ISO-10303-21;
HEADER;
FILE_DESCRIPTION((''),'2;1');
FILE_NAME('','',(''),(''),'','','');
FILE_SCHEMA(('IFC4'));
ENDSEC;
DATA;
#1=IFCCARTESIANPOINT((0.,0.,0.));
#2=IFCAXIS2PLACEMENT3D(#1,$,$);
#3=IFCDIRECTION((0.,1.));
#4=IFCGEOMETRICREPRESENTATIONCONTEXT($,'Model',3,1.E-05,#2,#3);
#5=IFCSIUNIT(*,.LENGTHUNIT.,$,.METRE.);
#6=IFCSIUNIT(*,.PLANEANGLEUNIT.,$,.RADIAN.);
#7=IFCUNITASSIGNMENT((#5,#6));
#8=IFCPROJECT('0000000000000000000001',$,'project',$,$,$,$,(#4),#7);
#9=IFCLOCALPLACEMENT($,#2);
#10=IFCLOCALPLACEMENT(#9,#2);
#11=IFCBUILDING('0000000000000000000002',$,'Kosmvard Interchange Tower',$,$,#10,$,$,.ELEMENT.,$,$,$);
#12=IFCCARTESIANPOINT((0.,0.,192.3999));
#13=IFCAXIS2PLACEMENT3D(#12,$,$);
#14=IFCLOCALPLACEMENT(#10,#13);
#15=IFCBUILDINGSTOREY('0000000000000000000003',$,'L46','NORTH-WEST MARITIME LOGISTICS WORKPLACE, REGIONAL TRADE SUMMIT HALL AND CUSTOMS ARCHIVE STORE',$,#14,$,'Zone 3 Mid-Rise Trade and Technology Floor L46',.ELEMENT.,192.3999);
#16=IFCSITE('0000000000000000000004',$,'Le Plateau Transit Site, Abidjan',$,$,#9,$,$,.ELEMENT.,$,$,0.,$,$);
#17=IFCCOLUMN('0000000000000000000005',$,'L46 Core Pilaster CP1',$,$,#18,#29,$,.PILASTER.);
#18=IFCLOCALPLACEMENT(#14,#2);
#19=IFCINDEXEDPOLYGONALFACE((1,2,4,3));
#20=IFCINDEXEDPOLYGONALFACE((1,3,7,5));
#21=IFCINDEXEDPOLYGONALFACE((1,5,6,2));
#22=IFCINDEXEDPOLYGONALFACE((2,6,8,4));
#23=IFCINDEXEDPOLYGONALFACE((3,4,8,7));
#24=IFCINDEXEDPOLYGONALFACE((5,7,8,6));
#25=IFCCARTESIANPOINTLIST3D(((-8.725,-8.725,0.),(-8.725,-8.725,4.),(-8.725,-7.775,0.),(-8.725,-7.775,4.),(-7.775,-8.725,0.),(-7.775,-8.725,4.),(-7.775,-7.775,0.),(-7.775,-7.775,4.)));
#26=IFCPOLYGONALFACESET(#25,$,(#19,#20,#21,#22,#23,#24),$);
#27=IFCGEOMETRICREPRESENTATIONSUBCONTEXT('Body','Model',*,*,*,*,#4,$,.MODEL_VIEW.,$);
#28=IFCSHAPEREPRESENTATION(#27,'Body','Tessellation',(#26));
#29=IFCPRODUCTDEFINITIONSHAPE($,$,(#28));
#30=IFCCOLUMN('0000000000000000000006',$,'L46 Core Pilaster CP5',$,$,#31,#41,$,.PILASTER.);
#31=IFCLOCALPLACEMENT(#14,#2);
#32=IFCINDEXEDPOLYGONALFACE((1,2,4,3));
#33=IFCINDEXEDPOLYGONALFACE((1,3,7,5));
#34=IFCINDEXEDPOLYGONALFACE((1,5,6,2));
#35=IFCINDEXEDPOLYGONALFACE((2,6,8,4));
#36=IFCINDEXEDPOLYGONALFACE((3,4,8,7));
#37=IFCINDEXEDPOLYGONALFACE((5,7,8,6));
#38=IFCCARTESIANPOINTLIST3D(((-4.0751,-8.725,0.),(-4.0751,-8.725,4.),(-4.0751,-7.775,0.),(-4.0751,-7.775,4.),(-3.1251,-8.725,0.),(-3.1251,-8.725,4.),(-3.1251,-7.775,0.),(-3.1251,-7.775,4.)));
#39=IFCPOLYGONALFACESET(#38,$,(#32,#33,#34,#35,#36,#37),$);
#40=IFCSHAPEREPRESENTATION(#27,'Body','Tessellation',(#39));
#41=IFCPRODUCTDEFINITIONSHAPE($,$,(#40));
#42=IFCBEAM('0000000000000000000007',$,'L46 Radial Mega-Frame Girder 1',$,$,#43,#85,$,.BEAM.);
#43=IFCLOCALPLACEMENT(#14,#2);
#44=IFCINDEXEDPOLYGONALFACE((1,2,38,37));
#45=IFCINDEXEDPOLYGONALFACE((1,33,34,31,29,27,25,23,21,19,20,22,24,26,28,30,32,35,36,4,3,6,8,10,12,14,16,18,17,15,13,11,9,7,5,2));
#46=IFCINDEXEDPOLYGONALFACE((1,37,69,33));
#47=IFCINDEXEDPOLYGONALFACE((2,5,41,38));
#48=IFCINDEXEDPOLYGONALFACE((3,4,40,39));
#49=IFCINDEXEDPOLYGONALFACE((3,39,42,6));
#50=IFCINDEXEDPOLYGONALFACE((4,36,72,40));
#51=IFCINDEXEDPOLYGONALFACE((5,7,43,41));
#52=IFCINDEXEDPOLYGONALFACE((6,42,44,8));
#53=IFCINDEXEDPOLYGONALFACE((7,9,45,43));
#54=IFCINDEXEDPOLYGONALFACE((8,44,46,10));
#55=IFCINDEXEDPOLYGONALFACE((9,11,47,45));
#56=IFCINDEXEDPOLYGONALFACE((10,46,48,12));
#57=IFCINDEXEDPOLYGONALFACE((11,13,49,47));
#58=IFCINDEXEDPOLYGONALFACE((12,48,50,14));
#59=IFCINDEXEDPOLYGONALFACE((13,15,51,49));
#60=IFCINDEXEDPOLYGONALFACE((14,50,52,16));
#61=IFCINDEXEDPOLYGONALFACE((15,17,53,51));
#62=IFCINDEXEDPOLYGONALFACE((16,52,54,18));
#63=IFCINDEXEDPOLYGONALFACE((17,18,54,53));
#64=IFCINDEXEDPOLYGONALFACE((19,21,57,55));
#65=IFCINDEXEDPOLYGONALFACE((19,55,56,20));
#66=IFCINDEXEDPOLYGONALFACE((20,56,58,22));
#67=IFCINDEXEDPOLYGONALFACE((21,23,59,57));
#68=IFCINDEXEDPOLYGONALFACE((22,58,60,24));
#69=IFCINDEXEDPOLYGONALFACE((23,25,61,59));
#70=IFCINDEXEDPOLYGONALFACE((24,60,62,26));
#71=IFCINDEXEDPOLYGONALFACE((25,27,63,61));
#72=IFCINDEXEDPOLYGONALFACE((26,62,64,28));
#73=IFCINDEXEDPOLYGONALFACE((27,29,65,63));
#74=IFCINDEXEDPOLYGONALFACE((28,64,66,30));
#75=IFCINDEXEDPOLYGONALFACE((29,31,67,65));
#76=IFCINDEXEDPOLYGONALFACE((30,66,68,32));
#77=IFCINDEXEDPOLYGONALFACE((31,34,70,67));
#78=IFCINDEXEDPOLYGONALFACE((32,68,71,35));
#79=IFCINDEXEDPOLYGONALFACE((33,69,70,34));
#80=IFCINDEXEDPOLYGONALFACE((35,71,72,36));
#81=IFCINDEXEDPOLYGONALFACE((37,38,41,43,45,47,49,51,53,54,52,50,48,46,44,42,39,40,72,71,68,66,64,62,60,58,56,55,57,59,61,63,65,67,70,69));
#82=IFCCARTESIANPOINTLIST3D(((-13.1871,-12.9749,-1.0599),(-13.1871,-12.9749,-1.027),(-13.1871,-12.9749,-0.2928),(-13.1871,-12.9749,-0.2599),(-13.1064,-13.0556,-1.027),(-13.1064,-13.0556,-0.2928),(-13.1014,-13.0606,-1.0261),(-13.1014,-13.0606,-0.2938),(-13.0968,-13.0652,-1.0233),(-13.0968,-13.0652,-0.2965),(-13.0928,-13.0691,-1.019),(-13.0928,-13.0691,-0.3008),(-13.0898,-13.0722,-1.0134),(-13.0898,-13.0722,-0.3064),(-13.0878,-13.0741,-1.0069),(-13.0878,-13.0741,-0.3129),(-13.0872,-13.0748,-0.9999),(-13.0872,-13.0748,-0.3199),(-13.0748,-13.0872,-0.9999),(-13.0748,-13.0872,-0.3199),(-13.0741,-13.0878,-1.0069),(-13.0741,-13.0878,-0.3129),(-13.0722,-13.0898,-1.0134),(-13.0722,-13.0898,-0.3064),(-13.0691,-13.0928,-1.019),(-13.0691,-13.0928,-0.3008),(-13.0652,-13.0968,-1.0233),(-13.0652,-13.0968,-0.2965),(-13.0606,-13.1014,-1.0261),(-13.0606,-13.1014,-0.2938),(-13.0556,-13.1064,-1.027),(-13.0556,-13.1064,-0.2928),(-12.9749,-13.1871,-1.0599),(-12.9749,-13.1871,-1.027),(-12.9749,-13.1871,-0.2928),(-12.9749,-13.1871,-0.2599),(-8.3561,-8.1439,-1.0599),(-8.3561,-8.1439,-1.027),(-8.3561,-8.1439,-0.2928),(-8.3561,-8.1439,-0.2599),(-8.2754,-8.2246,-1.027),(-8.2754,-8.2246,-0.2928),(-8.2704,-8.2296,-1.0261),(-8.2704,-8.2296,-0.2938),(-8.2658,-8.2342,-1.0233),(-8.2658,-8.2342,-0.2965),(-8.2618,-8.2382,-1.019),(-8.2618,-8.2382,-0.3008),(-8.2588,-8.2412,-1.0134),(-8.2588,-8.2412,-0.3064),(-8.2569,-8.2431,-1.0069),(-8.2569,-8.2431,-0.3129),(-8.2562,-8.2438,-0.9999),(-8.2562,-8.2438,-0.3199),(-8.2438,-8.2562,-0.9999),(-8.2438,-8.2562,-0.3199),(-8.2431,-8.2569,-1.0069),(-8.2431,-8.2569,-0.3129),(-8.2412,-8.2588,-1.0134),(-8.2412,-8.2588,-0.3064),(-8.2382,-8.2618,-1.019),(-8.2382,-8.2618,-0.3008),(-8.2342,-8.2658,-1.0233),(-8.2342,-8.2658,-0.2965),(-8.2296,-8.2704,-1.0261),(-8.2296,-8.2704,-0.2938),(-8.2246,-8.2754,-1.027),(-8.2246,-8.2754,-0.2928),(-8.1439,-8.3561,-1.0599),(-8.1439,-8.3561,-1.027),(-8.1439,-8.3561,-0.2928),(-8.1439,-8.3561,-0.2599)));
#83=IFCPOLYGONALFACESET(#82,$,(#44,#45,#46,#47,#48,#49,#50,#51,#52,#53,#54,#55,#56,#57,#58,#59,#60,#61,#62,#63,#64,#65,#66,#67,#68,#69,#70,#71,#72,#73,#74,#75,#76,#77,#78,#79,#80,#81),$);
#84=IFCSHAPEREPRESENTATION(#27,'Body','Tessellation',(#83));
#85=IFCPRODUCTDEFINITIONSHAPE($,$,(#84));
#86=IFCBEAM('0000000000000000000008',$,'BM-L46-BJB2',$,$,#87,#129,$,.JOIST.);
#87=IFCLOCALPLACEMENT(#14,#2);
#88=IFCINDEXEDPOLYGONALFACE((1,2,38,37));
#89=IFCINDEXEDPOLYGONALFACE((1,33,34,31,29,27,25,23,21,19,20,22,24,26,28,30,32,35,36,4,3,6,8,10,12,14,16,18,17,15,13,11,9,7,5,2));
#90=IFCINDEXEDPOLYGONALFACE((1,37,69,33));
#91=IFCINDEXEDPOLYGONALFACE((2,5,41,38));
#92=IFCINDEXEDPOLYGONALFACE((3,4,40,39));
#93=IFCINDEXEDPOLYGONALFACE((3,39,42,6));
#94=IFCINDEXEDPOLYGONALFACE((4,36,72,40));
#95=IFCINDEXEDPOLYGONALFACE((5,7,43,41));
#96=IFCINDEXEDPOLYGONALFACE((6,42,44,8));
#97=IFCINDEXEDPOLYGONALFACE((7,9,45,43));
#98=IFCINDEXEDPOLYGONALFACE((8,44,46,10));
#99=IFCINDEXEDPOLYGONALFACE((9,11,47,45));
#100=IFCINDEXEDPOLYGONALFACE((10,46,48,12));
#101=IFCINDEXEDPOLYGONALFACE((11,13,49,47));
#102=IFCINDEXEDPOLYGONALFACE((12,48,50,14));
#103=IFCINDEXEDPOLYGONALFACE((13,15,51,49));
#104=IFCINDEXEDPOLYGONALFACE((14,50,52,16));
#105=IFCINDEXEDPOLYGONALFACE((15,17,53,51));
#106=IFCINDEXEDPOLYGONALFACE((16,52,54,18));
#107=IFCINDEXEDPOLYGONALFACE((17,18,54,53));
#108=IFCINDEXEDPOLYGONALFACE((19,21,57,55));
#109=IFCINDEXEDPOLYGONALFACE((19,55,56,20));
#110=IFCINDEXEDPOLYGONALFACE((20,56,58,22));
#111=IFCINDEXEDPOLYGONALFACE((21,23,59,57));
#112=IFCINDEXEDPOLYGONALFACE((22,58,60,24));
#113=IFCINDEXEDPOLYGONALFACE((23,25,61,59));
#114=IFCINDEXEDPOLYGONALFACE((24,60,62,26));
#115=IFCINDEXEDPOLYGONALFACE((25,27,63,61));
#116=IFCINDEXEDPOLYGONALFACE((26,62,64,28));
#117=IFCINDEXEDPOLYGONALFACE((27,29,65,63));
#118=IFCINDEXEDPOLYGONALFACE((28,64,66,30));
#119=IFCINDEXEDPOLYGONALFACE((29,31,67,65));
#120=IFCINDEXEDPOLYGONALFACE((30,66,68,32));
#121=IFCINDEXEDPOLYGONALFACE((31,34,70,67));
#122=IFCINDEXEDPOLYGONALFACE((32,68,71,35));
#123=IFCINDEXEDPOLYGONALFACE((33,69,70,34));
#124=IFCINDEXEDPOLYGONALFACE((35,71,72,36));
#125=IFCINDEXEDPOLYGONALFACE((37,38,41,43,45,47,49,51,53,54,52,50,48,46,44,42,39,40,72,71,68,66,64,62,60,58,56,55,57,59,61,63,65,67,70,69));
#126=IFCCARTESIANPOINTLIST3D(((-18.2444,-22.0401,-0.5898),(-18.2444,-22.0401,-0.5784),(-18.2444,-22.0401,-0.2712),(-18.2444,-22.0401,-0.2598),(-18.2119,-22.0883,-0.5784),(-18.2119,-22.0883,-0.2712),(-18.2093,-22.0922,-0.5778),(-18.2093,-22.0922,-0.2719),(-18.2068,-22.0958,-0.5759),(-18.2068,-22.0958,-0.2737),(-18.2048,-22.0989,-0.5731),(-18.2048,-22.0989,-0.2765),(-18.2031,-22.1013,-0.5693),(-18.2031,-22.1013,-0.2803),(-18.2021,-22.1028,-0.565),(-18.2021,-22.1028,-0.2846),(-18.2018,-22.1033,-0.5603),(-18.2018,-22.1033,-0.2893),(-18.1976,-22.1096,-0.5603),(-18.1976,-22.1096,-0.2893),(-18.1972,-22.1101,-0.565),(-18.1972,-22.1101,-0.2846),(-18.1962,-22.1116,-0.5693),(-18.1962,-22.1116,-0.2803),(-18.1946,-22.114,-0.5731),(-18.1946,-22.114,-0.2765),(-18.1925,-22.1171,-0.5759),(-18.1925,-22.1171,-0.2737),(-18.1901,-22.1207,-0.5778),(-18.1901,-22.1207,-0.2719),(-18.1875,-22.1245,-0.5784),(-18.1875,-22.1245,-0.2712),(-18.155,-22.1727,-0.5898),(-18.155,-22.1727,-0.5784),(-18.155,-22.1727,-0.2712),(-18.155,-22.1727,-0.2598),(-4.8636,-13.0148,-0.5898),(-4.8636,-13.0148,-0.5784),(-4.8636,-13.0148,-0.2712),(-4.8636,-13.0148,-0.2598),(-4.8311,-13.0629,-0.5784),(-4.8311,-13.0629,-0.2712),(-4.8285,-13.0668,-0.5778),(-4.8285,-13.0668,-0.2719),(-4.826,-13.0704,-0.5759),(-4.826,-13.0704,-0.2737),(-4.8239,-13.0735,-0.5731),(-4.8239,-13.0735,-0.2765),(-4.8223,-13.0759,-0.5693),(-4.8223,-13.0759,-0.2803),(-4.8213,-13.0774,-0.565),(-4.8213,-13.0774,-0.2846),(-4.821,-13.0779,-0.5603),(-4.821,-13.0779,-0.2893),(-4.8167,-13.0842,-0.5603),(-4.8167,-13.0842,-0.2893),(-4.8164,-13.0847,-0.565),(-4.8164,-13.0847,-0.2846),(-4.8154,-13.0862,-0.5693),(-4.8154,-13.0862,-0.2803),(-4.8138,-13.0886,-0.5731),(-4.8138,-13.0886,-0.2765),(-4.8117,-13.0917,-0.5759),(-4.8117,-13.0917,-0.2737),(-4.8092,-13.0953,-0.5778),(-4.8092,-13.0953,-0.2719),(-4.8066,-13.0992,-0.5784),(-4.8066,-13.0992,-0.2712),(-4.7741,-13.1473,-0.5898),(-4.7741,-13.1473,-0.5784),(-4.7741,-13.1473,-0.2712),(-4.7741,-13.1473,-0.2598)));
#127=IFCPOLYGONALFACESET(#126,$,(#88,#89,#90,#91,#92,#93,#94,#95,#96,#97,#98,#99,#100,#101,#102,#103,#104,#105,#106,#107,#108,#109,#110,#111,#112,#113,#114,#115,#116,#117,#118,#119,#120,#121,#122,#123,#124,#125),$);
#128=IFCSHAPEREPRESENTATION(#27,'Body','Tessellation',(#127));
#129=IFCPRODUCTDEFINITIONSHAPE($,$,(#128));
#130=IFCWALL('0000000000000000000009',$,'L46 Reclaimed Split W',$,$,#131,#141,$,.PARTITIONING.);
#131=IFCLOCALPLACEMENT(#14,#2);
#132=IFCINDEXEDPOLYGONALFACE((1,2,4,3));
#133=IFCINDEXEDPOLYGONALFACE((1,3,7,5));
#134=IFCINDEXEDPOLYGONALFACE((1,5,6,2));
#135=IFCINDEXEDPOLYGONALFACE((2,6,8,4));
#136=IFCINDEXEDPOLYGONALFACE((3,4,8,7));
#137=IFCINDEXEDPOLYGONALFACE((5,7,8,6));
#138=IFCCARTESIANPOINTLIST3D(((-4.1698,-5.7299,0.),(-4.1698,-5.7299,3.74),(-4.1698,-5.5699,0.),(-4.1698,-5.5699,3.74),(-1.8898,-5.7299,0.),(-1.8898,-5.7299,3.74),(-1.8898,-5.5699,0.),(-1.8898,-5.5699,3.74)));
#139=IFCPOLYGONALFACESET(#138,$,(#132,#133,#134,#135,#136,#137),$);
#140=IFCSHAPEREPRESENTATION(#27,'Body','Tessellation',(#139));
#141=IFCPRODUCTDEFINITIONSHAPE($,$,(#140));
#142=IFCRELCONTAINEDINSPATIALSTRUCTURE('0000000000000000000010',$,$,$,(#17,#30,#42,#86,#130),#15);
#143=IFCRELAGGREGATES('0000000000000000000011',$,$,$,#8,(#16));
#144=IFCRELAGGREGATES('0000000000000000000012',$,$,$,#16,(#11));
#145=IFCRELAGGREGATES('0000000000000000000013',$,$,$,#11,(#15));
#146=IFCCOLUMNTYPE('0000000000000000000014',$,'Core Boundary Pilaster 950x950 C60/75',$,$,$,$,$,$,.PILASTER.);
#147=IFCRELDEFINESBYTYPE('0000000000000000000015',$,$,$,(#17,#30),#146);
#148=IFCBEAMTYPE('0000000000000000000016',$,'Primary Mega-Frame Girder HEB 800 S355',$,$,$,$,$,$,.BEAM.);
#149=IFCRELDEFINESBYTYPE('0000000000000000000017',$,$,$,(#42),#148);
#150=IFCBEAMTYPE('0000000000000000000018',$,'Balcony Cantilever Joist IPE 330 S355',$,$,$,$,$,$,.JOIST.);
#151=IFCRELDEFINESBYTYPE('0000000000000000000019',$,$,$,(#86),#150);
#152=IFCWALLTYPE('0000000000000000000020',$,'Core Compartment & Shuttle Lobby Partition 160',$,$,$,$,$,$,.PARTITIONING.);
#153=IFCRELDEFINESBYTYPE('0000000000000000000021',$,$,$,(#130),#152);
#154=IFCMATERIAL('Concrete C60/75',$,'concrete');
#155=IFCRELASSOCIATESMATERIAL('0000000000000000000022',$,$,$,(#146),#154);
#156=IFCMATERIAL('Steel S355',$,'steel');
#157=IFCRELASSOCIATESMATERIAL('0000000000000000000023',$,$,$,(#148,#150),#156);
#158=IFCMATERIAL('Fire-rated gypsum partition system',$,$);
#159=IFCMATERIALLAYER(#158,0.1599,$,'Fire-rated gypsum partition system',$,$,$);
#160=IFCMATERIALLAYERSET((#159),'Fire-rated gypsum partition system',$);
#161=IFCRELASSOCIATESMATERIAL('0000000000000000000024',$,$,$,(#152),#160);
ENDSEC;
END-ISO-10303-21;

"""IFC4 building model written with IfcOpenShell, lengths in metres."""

from ifc_helpers import new_model, si_unit, direction, frame, frame_2d, origin, origin_2d, place, context, subcontext, project, spatial, rectangle, i_section, extrude, source, transform, mapped, material, layer, layer_set, material_profile, profile_set, type_object, element, save


model = new_model("IFC4")

# Units and contexts
model_context = context("Model", 3, precision=1e-05, world=origin(), true_north=direction((0.0, 1.0)))
body_context = subcontext(model_context, "Body", "Model", "MODEL_VIEW")
ifc_project = project(units=[si_unit("LENGTHUNIT", "METRE"), si_unit("PLANEANGLEUNIT", "RADIAN")], contexts=[model_context])

# Site, building, storey
site_placement = place(None, origin())
site = spatial("IfcSite", under=ifc_project, at=site_placement, Name="Le Plateau Transit Site, Abidjan", CompositionType="ELEMENT", RefElevation=0.0)
building_placement = place(site_placement, origin())
building = spatial("IfcBuilding", under=site, at=building_placement, Name="Kosmvard Interchange Tower", CompositionType="ELEMENT")
storey_placement = place(building_placement, frame((0.0, 0.0, 192.3999)))
storey = spatial("IfcBuildingStorey", under=building, at=storey_placement, Name="L46", Description="NORTH-WEST MARITIME LOGISTICS WORKPLACE, REGIONAL TRADE SUMMIT HALL AND CUSTOMS ARCHIVE STORE", LongName="Zone 3 Mid-Rise Trade and Technology Floor L46", CompositionType="ELEMENT", Elevation=192.3999)

# Columns
ifc_material_1 = material(Name="Concrete C60/75", Category="concrete")
ifc_material_profile_1 = material_profile(ifc_material_1, rectangle(XDim=0.95, YDim=0.95, at=origin_2d()), Name="CP 950x950")
ifc_profile_set_1 = profile_set([ifc_material_profile_1], Name="Concrete C60/75")
column_type = type_object("IfcColumnType", Name="Core Boundary Pilaster 950x950 C60/75", PredefinedType="PILASTER", material=ifc_profile_set_1)
shared_shape_1 = source(origin(), body_context, "Body", "SweptSolid", [
    extrude(rectangle(XDim=0.95, YDim=0.95, at=origin_2d()), origin(), (0.0, 0.0, 1.0), 4.0),
])
for number, where, z_axis, x_axis, name in (
    (1, (-8.25, -8.25, 0.0), (0.0, 0.0, 1.0), (1.0, 0.0, 0.0), "L46 Core Pilaster CP1"),
    (2, (-3.6001, -8.25, 0.0), (0.0, 0.0, 1.0), (1.0, 0.0, 0.0), "L46 Core Pilaster CP5"),
):
    element("IfcColumn", number, at=place(storey_placement, frame(where, z_axis=z_axis, x_axis=x_axis)), inside=storey, type_object=column_type, Name=name, PredefinedType="PILASTER", context=body_context, shape_type="MappedRepresentation", body=[
        mapped(shared_shape_1, transform((0.0, 0.0, 0.0), scale=1.0)),
    ])

# Beams
ifc_material_2 = material(Name="Steel S355", Category="steel")
ifc_material_profile_2 = material_profile(ifc_material_2, i_section(OverallWidth=0.3, OverallDepth=0.8, WebThickness=0.0176, FlangeThickness=0.033, FilletRadius=0.0271, at=origin_2d()), Name="HEB 800")
ifc_profile_set_2 = profile_set([ifc_material_profile_2], Name="Steel S355")
beam_type_1 = type_object("IfcBeamType", Name="Primary Mega-Frame Girder HEB 800 S355", PredefinedType="BEAM", material=ifc_profile_set_2)
shared_shape_2 = source(origin(), body_context, "Body", "SweptSolid", [
    extrude(i_section(OverallWidth=0.3, OverallDepth=0.8, WebThickness=0.0176, FlangeThickness=0.033, FilletRadius=0.0271, at=origin_2d()), origin(), (0.0, 0.0, 1.0), 6.832),
])
beam_1_placement = place(storey_placement, frame((-8.25, -8.25, -0.6599), z_axis=(-0.707107, -0.707107, 0.0), x_axis=(0.707107, -0.707107, 0.0)))
element("IfcBeam", 3, at=beam_1_placement, inside=storey, type_object=beam_type_1, Name="L46 Radial Mega-Frame Girder 1", PredefinedType="BEAM", context=body_context, shape_type="MappedRepresentation", body=[
    mapped(shared_shape_2, transform((0.0, 0.0, 0.0), scale=1.0)),
])
ifc_material_profile_3 = material_profile(ifc_material_2, i_section(OverallWidth=0.1599, OverallDepth=0.3301, WebThickness=0.0076, FlangeThickness=0.0115, FilletRadius=0.0181, at=origin_2d()), Name="IPE 330")
ifc_profile_set_3 = profile_set([ifc_material_profile_3], Name="Steel S355")
beam_type_2 = type_object("IfcBeamType", Name="Balcony Cantilever Joist IPE 330 S355", PredefinedType="JOIST", material=ifc_profile_set_3)
shared_shape_3 = source(origin(), body_context, "Body", "SweptSolid", [
    extrude(i_section(OverallWidth=0.1599, OverallDepth=0.3301, WebThickness=0.0076, FlangeThickness=0.0115, FilletRadius=0.0181, at=origin_2d()), origin(), (0.0, 0.0, 1.0), 16.1401),
])
beam_2_placement = place(storey_placement, frame((-4.8188, -13.0811, -0.4248), z_axis=(-0.829041, -0.559188, 0.0), x_axis=(0.559188, -0.829041, 0.0)))
element("IfcBeam", 4, at=beam_2_placement, inside=storey, type_object=beam_type_2, Name="BM-L46-BJB2", PredefinedType="JOIST", context=body_context, shape_type="MappedRepresentation", body=[
    mapped(shared_shape_3, transform((0.0, 0.0, 0.0), scale=1.0)),
])

# Wall
ifc_material_3 = material(Name="Fire-rated gypsum partition system")
ifc_layer_1 = layer(ifc_material_3, 0.1599, Name="Fire-rated gypsum partition system")
ifc_layer_set_1 = layer_set([ifc_layer_1], Name="Fire-rated gypsum partition system")
wall_type_1 = type_object("IfcWallType", Name="Core Compartment & Shuttle Lobby Partition 160", PredefinedType="PARTITIONING", material=ifc_layer_set_1)
wall_1_placement = place(storey_placement, frame((-4.1699, -5.6499, 0.0), z_axis=(0.0, 0.0, 1.0), x_axis=(1.0, 0.0, 0.0)))
element("IfcWall", 5, at=wall_1_placement, inside=storey, type_object=wall_type_1, Name="L46 Reclaimed Split W", PredefinedType="PARTITIONING", context=body_context, shape_type="SweptSolid", body=[
    extrude(rectangle(XDim=2.28, YDim=0.1599, at=frame_2d((1.1401, 0.0))), origin(), (0.0, 0.0, 1.0), 3.74),
])

save(model, "model.ifc")
